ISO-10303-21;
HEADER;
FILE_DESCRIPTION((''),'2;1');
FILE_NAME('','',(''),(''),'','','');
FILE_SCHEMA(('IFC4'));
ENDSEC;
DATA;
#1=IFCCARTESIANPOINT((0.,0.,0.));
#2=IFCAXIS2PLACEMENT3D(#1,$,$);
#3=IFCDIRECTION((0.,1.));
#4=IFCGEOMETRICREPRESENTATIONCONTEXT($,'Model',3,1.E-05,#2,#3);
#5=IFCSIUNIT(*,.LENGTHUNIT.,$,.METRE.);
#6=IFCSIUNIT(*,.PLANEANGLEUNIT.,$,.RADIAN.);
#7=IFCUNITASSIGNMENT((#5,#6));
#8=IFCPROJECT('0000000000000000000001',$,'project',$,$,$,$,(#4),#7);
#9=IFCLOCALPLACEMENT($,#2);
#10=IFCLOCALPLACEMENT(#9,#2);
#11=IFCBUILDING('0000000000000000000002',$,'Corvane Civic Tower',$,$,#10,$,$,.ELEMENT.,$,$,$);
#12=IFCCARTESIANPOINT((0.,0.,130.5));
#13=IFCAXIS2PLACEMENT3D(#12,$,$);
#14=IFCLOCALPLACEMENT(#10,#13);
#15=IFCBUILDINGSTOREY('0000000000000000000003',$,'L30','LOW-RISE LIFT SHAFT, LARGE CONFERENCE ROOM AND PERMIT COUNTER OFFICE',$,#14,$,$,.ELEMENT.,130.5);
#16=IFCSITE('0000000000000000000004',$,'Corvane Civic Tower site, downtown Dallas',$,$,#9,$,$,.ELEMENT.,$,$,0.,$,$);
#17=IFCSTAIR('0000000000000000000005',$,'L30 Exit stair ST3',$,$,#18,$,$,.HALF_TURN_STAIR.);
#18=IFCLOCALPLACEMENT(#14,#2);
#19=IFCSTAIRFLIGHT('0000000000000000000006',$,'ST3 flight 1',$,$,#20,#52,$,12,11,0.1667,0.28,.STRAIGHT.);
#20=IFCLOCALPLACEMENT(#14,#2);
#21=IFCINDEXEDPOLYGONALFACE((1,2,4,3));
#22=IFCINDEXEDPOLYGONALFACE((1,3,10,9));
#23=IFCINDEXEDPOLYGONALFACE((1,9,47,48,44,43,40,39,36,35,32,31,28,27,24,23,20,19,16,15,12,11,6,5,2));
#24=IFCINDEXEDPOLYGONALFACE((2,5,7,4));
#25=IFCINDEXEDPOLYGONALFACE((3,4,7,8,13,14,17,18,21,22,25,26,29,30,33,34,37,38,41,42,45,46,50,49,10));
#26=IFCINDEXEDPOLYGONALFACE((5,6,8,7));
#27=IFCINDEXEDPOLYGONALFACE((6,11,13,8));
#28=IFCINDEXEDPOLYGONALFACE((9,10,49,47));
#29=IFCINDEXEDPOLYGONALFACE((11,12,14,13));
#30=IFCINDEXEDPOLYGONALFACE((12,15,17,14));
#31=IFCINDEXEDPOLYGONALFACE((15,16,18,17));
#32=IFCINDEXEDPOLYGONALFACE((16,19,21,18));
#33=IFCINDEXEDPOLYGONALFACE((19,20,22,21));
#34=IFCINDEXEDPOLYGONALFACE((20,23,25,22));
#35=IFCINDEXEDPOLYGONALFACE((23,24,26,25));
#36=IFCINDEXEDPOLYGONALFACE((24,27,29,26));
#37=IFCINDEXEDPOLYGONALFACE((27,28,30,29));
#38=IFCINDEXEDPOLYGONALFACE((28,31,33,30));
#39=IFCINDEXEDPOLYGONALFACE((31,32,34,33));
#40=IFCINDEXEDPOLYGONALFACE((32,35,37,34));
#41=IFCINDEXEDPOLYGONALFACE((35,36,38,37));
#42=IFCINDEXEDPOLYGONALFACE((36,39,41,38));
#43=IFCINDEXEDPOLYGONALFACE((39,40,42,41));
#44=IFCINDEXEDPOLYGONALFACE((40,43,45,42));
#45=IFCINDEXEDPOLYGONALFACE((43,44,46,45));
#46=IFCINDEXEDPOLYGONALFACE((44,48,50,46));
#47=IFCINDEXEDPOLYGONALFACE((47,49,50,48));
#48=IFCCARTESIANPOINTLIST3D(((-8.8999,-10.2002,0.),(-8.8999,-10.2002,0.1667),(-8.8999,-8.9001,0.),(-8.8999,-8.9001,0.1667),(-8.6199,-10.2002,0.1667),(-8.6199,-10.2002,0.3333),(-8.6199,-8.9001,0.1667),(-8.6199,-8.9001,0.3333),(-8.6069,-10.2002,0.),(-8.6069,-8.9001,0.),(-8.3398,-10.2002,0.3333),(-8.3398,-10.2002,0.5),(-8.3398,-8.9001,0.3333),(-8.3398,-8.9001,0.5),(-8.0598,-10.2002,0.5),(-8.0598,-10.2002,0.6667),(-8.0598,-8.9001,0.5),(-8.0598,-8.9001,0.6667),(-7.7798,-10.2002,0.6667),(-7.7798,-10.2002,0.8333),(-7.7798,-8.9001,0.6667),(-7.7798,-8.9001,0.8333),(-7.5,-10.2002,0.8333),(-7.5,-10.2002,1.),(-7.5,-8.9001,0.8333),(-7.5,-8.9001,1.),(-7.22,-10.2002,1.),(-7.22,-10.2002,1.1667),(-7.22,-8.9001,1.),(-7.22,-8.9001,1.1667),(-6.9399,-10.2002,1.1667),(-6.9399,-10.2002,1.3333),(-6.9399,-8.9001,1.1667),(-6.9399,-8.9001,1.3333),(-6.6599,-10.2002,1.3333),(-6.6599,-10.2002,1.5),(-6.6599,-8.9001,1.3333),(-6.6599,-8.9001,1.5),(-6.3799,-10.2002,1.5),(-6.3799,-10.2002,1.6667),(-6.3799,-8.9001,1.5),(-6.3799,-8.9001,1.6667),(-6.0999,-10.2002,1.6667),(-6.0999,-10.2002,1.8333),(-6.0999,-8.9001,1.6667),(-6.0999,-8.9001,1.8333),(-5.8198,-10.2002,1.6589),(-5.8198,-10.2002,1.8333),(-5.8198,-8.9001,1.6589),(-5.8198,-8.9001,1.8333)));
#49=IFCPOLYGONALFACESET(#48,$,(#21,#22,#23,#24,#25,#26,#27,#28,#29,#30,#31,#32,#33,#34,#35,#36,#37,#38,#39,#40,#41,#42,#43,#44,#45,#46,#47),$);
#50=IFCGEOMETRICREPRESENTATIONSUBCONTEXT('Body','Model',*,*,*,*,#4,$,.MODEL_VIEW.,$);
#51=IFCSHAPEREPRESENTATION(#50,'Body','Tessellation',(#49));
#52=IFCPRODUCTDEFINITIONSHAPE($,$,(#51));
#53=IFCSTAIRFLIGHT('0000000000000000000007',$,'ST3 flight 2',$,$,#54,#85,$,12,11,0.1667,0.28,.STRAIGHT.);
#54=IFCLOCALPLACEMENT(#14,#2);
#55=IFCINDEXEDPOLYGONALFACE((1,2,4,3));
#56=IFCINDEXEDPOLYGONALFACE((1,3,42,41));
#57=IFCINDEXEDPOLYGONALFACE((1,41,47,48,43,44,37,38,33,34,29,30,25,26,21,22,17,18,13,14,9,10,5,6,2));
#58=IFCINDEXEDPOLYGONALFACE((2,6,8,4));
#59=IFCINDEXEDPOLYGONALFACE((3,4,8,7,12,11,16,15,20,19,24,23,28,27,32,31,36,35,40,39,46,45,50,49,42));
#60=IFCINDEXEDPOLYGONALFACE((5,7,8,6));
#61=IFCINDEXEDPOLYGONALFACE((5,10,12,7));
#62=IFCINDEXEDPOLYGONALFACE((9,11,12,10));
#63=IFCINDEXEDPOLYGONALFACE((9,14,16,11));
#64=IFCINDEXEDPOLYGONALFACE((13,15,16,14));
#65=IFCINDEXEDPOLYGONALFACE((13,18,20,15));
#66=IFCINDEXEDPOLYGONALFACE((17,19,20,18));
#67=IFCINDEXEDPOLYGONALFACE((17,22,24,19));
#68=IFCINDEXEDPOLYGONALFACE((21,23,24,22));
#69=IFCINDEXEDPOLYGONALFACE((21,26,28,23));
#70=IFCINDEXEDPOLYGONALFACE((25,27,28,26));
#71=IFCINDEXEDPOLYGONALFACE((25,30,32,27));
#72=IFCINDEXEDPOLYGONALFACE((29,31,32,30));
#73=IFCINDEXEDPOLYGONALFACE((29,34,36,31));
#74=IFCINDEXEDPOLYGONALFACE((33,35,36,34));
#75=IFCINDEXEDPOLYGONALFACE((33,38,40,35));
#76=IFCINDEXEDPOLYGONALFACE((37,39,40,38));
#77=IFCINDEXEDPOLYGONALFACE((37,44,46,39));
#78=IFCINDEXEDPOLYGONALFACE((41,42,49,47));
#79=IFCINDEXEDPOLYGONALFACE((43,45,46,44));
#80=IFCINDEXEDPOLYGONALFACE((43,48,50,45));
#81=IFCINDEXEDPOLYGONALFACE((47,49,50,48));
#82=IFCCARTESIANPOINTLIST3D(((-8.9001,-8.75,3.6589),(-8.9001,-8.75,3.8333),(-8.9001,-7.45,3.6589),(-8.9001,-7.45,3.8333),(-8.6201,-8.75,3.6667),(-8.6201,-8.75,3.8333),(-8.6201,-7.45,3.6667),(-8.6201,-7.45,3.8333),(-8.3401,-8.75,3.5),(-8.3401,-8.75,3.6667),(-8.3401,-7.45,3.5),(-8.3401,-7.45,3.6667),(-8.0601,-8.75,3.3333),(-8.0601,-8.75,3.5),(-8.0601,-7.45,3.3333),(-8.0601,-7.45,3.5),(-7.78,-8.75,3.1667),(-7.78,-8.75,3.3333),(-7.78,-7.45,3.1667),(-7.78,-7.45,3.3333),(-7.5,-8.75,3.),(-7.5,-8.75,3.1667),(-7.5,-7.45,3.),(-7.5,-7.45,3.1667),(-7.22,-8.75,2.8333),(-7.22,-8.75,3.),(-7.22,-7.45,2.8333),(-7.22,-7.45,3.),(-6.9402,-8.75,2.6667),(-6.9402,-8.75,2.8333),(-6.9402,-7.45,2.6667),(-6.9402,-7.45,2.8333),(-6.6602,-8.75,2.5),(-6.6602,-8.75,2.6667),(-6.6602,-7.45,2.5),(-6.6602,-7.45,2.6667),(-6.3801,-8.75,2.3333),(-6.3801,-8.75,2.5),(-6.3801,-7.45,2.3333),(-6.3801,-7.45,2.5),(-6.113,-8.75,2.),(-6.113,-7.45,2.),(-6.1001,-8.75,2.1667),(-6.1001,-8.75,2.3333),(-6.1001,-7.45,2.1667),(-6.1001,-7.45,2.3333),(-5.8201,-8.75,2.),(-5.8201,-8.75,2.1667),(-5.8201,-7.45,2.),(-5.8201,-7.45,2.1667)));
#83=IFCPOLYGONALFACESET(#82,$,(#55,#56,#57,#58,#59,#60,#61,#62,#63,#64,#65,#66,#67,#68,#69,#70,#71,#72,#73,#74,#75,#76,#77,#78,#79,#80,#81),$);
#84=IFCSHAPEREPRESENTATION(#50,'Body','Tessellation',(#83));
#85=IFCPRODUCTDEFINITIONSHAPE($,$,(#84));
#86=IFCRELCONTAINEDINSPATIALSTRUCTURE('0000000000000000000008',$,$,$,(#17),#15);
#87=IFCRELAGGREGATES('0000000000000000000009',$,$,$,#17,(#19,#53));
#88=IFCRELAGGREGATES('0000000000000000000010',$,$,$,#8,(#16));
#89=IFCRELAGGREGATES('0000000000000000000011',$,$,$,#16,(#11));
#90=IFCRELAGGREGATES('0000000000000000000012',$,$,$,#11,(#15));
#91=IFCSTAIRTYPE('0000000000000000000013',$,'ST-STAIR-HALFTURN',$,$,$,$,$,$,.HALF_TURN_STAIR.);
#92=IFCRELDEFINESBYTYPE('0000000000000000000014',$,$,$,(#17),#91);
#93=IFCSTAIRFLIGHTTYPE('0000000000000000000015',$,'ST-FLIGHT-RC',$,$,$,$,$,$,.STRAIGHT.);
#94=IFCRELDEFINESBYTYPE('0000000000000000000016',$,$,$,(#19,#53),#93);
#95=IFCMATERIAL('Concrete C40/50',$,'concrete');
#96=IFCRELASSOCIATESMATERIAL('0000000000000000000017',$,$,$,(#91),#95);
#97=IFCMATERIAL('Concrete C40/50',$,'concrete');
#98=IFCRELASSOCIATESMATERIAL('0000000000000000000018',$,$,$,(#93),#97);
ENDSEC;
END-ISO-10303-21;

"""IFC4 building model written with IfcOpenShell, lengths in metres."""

from ifc_helpers import new_model, si_unit, direction, frame, origin, place, context, subcontext, project, spatial, polyline, outline, extrude, material, type_object, element, aggregate, save


model = new_model("IFC4")

# Units and contexts
model_context = context("Model", 3, precision=1e-05, world=origin(), true_north=direction((0.0, 1.0)))
body_context = subcontext(model_context, "Body", "Model", "MODEL_VIEW")
ifc_project = project(units=[si_unit("LENGTHUNIT", "METRE"), si_unit("PLANEANGLEUNIT", "RADIAN")], contexts=[model_context])

# Site, building, storey
site_placement = place(None, origin())
site = spatial("IfcSite", under=ifc_project, at=site_placement, Name="Corvane Civic Tower site, downtown Dallas", CompositionType="ELEMENT", RefElevation=0.0)
building_placement = place(site_placement, origin())
building = spatial("IfcBuilding", under=site, at=building_placement, Name="Corvane Civic Tower", CompositionType="ELEMENT")
storey_placement = place(building_placement, frame((0.0, 0.0, 130.5)))
storey = spatial("IfcBuildingStorey", under=building, at=storey_placement, Name="L30", Description="LOW-RISE LIFT SHAFT, LARGE CONFERENCE ROOM AND PERMIT COUNTER OFFICE", CompositionType="ELEMENT", Elevation=130.5)

# Stair, stair flights
ifc_material_1 = material(Name="Concrete C40/50", Category="concrete")
stair_type = type_object("IfcStairType", Name="ST-STAIR-HALFTURN", PredefinedType="HALF_TURN_STAIR", material=ifc_material_1)
stair_placement = place(storey_placement, origin())
stair = element("IfcStair", 1, at=stair_placement, inside=storey, type_object=stair_type, Name="L30 Exit stair ST3", PredefinedType="HALF_TURN_STAIR")
ifc_material_2 = material(Name="Concrete C40/50", Category="concrete")
stair_flight_type = type_object("IfcStairFlightType", Name="ST-FLIGHT-RC", PredefinedType="STRAIGHT", material=ifc_material_2)
stair_flight_1_placement = place(storey_placement, frame((-8.8999, -9.55, 0.0), z_axis=(0.0, 0.0, 1.0), x_axis=(1.0, 0.0, 0.0)))
stair_flight_1 = element("IfcStairFlight", 2, at=stair_flight_1_placement, type_object=stair_flight_type, Name="ST3 flight 1", NumberOfRisers=12, NumberOfTreads=11, PredefinedType="STRAIGHT", RiserHeight=0.1667, TreadLength=0.28, context=body_context, shape_type="SweptSolid", body=[
    extrude(outline(polyline([(0.0, 0.0), (0.0, 0.1667), (0.28, 0.1667), (0.28, 0.3333), (0.5601, 0.3333), (0.5601, 0.5), (0.8401, 0.5), (0.8401, 0.6667), (1.1201, 0.6667), (1.1201, 0.8333), (1.3999, 0.8333), (1.3999, 1.0), (1.6799, 1.0), (1.6799, 1.1667), (1.96, 1.1667), (1.96, 1.3333), (2.24, 1.3333), (2.24, 1.5), (2.52, 1.5), (2.52, 1.6667), (2.8, 1.6667), (2.8, 1.8333), (3.0801, 1.8333), (3.0801, 2.0), (3.0801, 1.6589), (0.293, 0.0), (0.0, 0.0)])), frame((0.0, 0.6499, 0.0), z_axis=(0.0, -1.0, 0.0), x_axis=(1.0, 0.0, 0.0)), (0.0, 0.0, 1.0), 1.3),
])
stair_flight_2_placement = place(storey_placement, frame((-5.8201, -8.1001, 2.0), z_axis=(0.0, 0.0, 1.0), x_axis=(-1.0, 0.0, 0.0)))
stair_flight_2 = element("IfcStairFlight", 3, at=stair_flight_2_placement, type_object=stair_flight_type, Name="ST3 flight 2", NumberOfRisers=12, NumberOfTreads=11, PredefinedType="STRAIGHT", RiserHeight=0.1667, TreadLength=0.28, context=body_context, shape_type="SweptSolid", body=[
    extrude(outline(polyline([(0.0, 0.0), (0.0, 0.1667), (0.28, 0.1667), (0.28, 0.3333), (0.5601, 0.3333), (0.5601, 0.5), (0.8401, 0.5), (0.8401, 0.6667), (1.1201, 0.6667), (1.1201, 0.8333), (1.3999, 0.8333), (1.3999, 1.0), (1.6799, 1.0), (1.6799, 1.1667), (1.96, 1.1667), (1.96, 1.3333), (2.24, 1.3333), (2.24, 1.5), (2.52, 1.5), (2.52, 1.6667), (2.8, 1.6667), (2.8, 1.8333), (3.0801, 1.8333), (3.0801, 2.0), (3.0801, 1.6589), (0.293, 0.0), (0.0, 0.0)])), frame((0.0, 0.6499, 0.0), z_axis=(0.0, -1.0, 0.0), x_axis=(1.0, 0.0, 0.0)), (0.0, 0.0, 1.0), 1.3),
])
aggregate(stair, [stair_flight_1, stair_flight_2])

save(model, "model.ifc")
